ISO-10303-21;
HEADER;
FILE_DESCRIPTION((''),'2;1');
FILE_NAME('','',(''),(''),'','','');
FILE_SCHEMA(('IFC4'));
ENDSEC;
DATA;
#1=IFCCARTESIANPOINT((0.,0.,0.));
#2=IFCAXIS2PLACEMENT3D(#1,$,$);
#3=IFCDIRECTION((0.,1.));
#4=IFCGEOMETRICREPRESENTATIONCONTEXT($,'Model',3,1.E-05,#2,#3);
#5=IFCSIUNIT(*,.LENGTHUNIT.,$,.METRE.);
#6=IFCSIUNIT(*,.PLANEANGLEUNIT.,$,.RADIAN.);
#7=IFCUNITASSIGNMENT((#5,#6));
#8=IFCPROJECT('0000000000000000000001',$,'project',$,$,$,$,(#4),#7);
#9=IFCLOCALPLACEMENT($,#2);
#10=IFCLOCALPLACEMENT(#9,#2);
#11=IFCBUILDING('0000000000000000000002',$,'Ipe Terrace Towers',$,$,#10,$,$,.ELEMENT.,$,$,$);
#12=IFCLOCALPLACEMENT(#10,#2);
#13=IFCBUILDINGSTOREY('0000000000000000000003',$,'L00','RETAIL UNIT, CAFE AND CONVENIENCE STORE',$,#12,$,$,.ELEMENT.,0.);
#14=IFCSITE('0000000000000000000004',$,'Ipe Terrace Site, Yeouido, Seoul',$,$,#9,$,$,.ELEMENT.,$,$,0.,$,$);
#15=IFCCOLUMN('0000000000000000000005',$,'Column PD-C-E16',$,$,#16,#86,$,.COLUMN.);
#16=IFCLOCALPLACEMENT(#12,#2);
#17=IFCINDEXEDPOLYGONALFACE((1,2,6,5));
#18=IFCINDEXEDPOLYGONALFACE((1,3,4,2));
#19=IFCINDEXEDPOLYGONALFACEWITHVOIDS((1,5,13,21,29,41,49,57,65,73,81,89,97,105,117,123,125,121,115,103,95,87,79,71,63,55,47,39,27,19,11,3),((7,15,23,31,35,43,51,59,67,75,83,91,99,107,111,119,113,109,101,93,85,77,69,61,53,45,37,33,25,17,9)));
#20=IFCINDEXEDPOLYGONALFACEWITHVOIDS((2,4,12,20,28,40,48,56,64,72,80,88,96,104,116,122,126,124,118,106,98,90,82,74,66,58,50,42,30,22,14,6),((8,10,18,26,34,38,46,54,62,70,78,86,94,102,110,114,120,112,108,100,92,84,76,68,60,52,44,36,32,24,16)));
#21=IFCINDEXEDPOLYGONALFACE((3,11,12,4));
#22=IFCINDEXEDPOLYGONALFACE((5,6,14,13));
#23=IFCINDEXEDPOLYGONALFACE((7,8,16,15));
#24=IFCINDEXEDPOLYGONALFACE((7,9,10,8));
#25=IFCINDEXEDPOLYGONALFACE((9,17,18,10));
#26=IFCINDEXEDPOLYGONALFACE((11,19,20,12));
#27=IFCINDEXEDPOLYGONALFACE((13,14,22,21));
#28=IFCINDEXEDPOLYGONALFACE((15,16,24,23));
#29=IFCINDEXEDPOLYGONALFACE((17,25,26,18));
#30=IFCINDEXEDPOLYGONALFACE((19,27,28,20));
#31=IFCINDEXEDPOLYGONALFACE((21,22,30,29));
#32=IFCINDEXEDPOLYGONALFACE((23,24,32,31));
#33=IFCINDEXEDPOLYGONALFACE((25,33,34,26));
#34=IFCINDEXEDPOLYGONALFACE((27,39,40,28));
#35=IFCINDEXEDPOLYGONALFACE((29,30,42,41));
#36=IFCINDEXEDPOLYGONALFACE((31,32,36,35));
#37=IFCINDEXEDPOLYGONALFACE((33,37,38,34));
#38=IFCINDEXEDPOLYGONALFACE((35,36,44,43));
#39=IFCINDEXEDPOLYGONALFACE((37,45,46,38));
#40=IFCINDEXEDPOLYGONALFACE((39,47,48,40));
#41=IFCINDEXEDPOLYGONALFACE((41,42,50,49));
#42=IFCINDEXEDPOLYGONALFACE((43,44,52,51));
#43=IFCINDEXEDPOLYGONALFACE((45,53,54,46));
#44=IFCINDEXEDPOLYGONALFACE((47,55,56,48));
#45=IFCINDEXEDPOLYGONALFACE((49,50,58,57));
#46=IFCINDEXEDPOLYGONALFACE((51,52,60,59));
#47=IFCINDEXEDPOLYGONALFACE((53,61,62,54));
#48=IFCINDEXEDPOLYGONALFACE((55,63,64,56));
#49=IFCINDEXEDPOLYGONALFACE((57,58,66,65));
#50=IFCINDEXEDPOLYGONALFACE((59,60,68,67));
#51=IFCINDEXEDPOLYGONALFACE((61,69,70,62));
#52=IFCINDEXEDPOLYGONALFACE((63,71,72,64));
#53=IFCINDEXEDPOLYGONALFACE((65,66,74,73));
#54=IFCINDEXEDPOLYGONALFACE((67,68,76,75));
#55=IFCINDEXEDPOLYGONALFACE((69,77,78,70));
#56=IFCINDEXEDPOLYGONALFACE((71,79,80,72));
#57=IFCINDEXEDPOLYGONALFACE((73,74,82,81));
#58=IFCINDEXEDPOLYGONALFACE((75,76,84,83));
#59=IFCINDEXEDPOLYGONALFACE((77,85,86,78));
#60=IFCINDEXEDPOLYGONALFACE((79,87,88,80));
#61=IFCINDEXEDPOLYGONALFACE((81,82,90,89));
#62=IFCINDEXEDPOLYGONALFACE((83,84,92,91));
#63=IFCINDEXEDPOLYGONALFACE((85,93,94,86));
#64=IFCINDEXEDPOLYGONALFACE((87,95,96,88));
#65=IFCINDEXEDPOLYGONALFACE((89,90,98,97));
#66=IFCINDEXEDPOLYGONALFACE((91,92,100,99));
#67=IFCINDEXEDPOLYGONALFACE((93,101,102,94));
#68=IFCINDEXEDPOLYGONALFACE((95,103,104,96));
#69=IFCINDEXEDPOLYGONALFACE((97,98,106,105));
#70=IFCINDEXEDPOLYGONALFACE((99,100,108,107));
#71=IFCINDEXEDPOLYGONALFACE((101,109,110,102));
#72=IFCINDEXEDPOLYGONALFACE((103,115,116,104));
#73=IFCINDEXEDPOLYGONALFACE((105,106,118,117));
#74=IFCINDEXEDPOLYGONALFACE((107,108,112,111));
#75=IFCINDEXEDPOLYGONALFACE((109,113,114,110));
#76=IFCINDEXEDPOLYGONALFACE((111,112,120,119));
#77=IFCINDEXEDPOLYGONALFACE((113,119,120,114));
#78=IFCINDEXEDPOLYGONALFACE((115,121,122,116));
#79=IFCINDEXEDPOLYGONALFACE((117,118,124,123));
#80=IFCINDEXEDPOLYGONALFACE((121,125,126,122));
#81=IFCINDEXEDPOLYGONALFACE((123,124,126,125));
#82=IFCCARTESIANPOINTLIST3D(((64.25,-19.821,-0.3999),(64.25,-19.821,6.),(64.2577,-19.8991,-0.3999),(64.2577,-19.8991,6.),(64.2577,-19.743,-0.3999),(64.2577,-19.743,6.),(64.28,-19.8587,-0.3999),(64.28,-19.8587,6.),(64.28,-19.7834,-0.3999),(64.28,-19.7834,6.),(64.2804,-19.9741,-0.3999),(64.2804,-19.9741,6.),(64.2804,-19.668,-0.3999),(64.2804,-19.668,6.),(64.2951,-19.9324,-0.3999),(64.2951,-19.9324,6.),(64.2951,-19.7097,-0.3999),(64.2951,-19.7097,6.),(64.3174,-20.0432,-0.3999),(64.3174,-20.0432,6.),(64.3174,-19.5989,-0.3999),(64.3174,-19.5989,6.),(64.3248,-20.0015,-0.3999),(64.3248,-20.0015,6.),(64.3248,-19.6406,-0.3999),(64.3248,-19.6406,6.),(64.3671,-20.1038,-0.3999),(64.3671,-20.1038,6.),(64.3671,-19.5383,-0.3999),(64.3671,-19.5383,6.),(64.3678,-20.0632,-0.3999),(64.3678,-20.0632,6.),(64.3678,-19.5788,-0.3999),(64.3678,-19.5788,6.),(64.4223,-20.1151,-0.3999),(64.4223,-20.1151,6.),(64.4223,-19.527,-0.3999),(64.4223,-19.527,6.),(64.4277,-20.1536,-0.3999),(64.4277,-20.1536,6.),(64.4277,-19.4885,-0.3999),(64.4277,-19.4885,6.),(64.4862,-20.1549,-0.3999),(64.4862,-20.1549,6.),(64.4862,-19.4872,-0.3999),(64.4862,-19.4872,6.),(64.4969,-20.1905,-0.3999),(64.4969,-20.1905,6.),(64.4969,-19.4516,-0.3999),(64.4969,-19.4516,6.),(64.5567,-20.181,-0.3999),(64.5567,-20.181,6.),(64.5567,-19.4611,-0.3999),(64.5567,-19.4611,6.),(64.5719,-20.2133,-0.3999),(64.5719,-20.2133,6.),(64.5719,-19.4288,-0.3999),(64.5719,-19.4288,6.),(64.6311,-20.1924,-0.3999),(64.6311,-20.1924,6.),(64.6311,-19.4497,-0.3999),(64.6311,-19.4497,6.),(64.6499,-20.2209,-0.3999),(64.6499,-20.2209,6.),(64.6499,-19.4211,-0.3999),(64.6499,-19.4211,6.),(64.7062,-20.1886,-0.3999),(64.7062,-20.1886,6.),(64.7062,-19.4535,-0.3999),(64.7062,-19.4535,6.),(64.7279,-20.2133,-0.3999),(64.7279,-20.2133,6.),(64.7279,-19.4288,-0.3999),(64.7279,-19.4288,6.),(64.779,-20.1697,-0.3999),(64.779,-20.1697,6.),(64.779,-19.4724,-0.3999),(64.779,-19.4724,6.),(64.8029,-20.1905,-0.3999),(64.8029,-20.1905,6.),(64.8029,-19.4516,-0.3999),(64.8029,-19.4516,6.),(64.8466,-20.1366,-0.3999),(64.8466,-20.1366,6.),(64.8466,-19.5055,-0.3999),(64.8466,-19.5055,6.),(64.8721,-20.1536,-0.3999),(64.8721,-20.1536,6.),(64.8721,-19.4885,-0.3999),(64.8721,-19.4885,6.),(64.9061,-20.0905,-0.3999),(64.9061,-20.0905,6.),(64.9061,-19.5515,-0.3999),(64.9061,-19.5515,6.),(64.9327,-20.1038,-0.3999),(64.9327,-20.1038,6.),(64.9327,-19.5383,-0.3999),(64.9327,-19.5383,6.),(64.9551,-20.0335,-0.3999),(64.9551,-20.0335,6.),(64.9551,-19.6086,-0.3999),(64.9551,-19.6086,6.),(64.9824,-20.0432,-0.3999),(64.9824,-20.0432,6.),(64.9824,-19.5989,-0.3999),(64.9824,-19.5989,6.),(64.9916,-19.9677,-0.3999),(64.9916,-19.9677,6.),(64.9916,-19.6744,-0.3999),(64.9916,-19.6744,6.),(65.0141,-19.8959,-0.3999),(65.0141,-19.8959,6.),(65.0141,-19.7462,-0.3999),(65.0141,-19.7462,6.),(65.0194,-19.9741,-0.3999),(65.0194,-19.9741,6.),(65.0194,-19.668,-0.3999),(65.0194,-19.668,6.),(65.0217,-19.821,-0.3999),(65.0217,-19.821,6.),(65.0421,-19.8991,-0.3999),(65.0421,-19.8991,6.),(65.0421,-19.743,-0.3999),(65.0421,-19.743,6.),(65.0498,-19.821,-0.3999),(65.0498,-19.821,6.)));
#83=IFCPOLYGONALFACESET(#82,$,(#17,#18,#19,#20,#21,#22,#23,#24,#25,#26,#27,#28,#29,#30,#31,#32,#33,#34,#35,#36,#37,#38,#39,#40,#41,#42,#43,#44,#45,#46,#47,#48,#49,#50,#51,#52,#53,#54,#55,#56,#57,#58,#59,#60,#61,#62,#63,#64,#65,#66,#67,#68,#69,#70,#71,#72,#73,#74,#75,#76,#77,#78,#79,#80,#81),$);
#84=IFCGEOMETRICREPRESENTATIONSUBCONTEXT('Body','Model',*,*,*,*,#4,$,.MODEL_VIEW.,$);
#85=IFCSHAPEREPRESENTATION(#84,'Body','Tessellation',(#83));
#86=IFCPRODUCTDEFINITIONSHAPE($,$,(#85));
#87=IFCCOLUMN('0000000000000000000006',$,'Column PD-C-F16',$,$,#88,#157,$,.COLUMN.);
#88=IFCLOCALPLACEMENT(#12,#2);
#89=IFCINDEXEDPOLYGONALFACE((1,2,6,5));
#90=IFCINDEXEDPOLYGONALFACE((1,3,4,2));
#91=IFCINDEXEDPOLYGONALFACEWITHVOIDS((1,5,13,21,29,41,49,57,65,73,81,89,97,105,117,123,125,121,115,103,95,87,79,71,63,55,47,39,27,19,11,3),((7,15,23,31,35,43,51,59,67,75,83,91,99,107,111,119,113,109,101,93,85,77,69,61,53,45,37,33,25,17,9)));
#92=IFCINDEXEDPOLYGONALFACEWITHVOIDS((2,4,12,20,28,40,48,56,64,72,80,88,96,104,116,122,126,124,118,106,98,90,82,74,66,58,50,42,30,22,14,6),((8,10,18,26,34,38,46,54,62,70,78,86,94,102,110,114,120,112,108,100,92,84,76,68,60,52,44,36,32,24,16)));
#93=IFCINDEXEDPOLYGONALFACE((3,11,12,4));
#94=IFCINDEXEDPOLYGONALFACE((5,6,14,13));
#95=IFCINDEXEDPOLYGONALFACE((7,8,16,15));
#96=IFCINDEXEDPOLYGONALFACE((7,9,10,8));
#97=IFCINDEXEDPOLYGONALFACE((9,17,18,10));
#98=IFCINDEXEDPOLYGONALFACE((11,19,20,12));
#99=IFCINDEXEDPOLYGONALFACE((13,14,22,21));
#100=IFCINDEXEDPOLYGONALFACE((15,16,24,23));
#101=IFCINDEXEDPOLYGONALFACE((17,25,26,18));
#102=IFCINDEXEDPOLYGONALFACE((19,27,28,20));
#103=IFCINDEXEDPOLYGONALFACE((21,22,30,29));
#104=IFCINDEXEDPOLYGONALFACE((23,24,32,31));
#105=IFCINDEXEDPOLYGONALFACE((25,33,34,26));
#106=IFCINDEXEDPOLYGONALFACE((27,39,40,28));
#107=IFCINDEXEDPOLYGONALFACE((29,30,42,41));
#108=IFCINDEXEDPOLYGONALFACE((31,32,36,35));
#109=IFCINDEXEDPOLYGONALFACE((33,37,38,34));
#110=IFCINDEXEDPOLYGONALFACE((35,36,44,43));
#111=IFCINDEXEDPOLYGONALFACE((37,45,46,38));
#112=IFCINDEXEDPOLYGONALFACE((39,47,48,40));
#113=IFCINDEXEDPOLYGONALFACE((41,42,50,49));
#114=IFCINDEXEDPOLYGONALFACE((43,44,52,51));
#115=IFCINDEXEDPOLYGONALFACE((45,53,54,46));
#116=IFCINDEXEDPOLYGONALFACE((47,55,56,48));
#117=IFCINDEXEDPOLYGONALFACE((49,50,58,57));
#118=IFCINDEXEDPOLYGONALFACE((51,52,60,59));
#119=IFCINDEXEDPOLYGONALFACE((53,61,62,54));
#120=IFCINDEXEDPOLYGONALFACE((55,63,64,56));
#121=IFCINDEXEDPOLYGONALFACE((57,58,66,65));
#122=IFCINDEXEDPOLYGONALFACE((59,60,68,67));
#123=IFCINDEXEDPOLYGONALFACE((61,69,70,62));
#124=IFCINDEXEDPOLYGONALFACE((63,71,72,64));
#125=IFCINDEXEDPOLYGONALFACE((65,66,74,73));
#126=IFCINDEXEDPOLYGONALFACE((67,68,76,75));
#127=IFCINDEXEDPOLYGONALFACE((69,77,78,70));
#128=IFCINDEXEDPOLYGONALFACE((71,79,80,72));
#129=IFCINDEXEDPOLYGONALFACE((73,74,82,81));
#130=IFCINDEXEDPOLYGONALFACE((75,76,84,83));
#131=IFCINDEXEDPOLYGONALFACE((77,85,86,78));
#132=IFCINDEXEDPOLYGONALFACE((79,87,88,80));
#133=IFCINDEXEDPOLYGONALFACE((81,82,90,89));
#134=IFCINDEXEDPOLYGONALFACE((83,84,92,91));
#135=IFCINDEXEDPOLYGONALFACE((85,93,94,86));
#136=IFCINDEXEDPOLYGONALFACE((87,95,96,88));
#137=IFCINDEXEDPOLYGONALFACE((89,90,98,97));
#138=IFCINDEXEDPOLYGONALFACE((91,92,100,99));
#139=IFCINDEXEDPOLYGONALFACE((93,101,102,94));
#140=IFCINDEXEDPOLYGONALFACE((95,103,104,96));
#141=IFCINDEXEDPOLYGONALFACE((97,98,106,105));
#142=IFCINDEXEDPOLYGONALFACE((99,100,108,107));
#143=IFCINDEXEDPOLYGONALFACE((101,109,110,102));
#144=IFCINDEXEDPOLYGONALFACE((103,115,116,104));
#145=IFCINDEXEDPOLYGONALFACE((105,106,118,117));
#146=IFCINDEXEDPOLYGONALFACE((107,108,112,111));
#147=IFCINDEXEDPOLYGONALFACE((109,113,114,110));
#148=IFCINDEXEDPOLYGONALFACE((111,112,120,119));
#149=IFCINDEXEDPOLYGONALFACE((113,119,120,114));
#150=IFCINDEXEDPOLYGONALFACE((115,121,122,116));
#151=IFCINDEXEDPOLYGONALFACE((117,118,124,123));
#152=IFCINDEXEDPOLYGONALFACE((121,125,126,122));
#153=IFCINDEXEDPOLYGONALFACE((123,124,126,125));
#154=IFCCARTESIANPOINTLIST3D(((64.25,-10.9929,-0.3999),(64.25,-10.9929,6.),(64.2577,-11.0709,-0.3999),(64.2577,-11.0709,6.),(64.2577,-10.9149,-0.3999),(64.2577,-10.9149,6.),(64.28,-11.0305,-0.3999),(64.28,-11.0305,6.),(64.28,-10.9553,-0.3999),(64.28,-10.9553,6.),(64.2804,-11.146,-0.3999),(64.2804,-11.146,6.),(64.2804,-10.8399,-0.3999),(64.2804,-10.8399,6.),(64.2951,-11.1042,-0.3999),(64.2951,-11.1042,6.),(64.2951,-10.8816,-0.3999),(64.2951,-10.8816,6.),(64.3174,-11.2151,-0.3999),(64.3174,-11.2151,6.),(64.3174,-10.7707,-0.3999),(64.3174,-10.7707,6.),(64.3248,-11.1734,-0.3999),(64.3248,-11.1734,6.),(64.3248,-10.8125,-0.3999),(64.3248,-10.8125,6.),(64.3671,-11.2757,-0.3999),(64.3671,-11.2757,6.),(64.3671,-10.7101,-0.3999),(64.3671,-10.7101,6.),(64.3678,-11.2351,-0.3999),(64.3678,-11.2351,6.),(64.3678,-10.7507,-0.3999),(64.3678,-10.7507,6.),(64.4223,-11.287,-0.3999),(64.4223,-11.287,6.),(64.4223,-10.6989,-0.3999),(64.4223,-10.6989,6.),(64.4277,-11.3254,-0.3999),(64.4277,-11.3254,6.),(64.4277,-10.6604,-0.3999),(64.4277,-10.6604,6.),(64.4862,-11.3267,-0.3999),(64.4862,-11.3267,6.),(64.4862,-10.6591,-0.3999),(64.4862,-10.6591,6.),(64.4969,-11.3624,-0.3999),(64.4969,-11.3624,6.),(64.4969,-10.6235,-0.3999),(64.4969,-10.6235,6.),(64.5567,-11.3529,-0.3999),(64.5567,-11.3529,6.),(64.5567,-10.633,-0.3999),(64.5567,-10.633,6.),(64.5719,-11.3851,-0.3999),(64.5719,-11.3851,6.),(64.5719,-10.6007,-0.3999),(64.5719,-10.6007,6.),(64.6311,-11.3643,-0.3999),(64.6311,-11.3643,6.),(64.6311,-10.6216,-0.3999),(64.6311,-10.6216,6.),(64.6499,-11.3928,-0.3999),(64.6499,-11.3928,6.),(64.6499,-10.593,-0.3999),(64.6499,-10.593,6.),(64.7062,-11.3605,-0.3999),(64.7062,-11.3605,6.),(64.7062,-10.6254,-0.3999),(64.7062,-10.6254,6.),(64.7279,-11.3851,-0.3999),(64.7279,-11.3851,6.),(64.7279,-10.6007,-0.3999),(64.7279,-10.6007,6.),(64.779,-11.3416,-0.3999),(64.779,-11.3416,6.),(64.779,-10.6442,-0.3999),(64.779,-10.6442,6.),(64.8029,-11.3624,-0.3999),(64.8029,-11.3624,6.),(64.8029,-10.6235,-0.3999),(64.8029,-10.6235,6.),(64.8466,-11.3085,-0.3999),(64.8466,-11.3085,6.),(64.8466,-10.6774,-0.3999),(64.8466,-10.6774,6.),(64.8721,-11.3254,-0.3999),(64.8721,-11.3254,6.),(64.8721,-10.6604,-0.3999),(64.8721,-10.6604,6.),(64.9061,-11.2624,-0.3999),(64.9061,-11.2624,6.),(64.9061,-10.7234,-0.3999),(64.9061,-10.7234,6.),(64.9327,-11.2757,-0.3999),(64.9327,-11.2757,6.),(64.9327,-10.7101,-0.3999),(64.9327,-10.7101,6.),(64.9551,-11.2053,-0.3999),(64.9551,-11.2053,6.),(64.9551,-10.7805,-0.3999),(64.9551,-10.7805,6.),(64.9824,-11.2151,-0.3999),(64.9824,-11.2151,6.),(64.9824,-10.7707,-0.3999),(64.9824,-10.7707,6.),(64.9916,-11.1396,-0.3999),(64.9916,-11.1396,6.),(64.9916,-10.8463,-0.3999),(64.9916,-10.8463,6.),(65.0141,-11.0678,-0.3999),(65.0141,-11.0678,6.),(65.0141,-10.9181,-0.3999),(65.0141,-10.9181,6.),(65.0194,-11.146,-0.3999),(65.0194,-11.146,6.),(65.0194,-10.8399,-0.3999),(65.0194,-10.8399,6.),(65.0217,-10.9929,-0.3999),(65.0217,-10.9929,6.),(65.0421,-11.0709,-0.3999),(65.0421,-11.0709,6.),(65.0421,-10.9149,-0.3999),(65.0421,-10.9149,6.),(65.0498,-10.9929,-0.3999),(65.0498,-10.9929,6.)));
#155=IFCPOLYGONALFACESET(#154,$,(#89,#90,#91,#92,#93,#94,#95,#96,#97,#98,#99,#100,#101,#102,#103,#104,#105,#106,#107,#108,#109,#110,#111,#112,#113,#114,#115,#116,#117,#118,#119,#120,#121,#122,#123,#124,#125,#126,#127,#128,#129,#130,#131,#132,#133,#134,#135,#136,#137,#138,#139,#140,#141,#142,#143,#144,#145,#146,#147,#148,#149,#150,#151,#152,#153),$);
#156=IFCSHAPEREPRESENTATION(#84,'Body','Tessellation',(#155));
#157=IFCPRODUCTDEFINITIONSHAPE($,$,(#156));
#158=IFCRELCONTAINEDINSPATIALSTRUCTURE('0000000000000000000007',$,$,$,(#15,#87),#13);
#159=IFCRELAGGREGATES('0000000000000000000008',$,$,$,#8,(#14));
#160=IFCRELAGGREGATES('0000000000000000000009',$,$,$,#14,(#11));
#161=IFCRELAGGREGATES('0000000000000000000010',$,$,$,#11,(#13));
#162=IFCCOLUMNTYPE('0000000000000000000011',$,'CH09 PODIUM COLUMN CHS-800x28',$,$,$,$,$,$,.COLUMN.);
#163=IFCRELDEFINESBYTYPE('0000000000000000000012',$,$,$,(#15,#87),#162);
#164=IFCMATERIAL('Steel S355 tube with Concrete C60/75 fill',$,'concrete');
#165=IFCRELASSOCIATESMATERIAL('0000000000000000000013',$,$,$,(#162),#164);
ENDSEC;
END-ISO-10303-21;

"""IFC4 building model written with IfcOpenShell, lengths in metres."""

from ifc_helpers import new_model, si_unit, direction, frame, origin, origin_2d, place, context, subcontext, project, spatial, hollow_circle, extrude, material, material_profile, profile_set, type_object, element, save


model = new_model("IFC4")

# Units and contexts
model_context = context("Model", 3, precision=1e-05, world=origin(), true_north=direction((0.0, 1.0)))
body_context = subcontext(model_context, "Body", "Model", "MODEL_VIEW")
ifc_project = project(units=[si_unit("LENGTHUNIT", "METRE"), si_unit("PLANEANGLEUNIT", "RADIAN")], contexts=[model_context])

# Site, building, storey
site_placement = place(None, origin())
site = spatial("IfcSite", under=ifc_project, at=site_placement, Name="Ipe Terrace Site, Yeouido, Seoul", CompositionType="ELEMENT", RefElevation=0.0)
building_placement = place(site_placement, origin())
building = spatial("IfcBuilding", under=site, at=building_placement, Name="Ipe Terrace Towers", CompositionType="ELEMENT")
storey_placement = place(building_placement, origin())
storey = spatial("IfcBuildingStorey", under=building, at=storey_placement, Name="L00", Description="RETAIL UNIT, CAFE AND CONVENIENCE STORE", CompositionType="ELEMENT", Elevation=0.0)

# Columns
ifc_material_1 = material(Name="Steel S355 tube with Concrete C60/75 fill", Category="concrete")
ifc_material_profile_1 = material_profile(ifc_material_1, hollow_circle(Radius=0.3999, WallThickness=0.0281, at=origin_2d()), Name="CHS-800x28")
ifc_profile_set_1 = profile_set([ifc_material_profile_1], Name="Steel S355 tube with Concrete C60/75 fill")
column_type_1 = type_object("IfcColumnType", Name="CH09 PODIUM COLUMN CHS-800x28", PredefinedType="COLUMN", material=ifc_profile_set_1)
for number, where, z_axis, x_axis, name in (
    (1, (64.6499, -19.821, -0.3999), (0.0, 0.0, 1.0), (1.0, 0.0, 0.0), "Column PD-C-E16"),
    (2, (64.6499, -10.9929, -0.3999), (0.0, 0.0, 1.0), (1.0, 0.0, 0.0), "Column PD-C-F16"),
):
    element("IfcColumn", number, at=place(storey_placement, frame(where, z_axis=z_axis, x_axis=x_axis)), inside=storey, type_object=column_type_1, Name=name, PredefinedType="COLUMN", context=body_context, shape_type="SweptSolid", body=[
        extrude(hollow_circle(Radius=0.3999, WallThickness=0.0281, at=origin_2d()), origin(), (0.0, 0.0, 1.0), 6.3999),
    ])

save(model, "model.ifc")
